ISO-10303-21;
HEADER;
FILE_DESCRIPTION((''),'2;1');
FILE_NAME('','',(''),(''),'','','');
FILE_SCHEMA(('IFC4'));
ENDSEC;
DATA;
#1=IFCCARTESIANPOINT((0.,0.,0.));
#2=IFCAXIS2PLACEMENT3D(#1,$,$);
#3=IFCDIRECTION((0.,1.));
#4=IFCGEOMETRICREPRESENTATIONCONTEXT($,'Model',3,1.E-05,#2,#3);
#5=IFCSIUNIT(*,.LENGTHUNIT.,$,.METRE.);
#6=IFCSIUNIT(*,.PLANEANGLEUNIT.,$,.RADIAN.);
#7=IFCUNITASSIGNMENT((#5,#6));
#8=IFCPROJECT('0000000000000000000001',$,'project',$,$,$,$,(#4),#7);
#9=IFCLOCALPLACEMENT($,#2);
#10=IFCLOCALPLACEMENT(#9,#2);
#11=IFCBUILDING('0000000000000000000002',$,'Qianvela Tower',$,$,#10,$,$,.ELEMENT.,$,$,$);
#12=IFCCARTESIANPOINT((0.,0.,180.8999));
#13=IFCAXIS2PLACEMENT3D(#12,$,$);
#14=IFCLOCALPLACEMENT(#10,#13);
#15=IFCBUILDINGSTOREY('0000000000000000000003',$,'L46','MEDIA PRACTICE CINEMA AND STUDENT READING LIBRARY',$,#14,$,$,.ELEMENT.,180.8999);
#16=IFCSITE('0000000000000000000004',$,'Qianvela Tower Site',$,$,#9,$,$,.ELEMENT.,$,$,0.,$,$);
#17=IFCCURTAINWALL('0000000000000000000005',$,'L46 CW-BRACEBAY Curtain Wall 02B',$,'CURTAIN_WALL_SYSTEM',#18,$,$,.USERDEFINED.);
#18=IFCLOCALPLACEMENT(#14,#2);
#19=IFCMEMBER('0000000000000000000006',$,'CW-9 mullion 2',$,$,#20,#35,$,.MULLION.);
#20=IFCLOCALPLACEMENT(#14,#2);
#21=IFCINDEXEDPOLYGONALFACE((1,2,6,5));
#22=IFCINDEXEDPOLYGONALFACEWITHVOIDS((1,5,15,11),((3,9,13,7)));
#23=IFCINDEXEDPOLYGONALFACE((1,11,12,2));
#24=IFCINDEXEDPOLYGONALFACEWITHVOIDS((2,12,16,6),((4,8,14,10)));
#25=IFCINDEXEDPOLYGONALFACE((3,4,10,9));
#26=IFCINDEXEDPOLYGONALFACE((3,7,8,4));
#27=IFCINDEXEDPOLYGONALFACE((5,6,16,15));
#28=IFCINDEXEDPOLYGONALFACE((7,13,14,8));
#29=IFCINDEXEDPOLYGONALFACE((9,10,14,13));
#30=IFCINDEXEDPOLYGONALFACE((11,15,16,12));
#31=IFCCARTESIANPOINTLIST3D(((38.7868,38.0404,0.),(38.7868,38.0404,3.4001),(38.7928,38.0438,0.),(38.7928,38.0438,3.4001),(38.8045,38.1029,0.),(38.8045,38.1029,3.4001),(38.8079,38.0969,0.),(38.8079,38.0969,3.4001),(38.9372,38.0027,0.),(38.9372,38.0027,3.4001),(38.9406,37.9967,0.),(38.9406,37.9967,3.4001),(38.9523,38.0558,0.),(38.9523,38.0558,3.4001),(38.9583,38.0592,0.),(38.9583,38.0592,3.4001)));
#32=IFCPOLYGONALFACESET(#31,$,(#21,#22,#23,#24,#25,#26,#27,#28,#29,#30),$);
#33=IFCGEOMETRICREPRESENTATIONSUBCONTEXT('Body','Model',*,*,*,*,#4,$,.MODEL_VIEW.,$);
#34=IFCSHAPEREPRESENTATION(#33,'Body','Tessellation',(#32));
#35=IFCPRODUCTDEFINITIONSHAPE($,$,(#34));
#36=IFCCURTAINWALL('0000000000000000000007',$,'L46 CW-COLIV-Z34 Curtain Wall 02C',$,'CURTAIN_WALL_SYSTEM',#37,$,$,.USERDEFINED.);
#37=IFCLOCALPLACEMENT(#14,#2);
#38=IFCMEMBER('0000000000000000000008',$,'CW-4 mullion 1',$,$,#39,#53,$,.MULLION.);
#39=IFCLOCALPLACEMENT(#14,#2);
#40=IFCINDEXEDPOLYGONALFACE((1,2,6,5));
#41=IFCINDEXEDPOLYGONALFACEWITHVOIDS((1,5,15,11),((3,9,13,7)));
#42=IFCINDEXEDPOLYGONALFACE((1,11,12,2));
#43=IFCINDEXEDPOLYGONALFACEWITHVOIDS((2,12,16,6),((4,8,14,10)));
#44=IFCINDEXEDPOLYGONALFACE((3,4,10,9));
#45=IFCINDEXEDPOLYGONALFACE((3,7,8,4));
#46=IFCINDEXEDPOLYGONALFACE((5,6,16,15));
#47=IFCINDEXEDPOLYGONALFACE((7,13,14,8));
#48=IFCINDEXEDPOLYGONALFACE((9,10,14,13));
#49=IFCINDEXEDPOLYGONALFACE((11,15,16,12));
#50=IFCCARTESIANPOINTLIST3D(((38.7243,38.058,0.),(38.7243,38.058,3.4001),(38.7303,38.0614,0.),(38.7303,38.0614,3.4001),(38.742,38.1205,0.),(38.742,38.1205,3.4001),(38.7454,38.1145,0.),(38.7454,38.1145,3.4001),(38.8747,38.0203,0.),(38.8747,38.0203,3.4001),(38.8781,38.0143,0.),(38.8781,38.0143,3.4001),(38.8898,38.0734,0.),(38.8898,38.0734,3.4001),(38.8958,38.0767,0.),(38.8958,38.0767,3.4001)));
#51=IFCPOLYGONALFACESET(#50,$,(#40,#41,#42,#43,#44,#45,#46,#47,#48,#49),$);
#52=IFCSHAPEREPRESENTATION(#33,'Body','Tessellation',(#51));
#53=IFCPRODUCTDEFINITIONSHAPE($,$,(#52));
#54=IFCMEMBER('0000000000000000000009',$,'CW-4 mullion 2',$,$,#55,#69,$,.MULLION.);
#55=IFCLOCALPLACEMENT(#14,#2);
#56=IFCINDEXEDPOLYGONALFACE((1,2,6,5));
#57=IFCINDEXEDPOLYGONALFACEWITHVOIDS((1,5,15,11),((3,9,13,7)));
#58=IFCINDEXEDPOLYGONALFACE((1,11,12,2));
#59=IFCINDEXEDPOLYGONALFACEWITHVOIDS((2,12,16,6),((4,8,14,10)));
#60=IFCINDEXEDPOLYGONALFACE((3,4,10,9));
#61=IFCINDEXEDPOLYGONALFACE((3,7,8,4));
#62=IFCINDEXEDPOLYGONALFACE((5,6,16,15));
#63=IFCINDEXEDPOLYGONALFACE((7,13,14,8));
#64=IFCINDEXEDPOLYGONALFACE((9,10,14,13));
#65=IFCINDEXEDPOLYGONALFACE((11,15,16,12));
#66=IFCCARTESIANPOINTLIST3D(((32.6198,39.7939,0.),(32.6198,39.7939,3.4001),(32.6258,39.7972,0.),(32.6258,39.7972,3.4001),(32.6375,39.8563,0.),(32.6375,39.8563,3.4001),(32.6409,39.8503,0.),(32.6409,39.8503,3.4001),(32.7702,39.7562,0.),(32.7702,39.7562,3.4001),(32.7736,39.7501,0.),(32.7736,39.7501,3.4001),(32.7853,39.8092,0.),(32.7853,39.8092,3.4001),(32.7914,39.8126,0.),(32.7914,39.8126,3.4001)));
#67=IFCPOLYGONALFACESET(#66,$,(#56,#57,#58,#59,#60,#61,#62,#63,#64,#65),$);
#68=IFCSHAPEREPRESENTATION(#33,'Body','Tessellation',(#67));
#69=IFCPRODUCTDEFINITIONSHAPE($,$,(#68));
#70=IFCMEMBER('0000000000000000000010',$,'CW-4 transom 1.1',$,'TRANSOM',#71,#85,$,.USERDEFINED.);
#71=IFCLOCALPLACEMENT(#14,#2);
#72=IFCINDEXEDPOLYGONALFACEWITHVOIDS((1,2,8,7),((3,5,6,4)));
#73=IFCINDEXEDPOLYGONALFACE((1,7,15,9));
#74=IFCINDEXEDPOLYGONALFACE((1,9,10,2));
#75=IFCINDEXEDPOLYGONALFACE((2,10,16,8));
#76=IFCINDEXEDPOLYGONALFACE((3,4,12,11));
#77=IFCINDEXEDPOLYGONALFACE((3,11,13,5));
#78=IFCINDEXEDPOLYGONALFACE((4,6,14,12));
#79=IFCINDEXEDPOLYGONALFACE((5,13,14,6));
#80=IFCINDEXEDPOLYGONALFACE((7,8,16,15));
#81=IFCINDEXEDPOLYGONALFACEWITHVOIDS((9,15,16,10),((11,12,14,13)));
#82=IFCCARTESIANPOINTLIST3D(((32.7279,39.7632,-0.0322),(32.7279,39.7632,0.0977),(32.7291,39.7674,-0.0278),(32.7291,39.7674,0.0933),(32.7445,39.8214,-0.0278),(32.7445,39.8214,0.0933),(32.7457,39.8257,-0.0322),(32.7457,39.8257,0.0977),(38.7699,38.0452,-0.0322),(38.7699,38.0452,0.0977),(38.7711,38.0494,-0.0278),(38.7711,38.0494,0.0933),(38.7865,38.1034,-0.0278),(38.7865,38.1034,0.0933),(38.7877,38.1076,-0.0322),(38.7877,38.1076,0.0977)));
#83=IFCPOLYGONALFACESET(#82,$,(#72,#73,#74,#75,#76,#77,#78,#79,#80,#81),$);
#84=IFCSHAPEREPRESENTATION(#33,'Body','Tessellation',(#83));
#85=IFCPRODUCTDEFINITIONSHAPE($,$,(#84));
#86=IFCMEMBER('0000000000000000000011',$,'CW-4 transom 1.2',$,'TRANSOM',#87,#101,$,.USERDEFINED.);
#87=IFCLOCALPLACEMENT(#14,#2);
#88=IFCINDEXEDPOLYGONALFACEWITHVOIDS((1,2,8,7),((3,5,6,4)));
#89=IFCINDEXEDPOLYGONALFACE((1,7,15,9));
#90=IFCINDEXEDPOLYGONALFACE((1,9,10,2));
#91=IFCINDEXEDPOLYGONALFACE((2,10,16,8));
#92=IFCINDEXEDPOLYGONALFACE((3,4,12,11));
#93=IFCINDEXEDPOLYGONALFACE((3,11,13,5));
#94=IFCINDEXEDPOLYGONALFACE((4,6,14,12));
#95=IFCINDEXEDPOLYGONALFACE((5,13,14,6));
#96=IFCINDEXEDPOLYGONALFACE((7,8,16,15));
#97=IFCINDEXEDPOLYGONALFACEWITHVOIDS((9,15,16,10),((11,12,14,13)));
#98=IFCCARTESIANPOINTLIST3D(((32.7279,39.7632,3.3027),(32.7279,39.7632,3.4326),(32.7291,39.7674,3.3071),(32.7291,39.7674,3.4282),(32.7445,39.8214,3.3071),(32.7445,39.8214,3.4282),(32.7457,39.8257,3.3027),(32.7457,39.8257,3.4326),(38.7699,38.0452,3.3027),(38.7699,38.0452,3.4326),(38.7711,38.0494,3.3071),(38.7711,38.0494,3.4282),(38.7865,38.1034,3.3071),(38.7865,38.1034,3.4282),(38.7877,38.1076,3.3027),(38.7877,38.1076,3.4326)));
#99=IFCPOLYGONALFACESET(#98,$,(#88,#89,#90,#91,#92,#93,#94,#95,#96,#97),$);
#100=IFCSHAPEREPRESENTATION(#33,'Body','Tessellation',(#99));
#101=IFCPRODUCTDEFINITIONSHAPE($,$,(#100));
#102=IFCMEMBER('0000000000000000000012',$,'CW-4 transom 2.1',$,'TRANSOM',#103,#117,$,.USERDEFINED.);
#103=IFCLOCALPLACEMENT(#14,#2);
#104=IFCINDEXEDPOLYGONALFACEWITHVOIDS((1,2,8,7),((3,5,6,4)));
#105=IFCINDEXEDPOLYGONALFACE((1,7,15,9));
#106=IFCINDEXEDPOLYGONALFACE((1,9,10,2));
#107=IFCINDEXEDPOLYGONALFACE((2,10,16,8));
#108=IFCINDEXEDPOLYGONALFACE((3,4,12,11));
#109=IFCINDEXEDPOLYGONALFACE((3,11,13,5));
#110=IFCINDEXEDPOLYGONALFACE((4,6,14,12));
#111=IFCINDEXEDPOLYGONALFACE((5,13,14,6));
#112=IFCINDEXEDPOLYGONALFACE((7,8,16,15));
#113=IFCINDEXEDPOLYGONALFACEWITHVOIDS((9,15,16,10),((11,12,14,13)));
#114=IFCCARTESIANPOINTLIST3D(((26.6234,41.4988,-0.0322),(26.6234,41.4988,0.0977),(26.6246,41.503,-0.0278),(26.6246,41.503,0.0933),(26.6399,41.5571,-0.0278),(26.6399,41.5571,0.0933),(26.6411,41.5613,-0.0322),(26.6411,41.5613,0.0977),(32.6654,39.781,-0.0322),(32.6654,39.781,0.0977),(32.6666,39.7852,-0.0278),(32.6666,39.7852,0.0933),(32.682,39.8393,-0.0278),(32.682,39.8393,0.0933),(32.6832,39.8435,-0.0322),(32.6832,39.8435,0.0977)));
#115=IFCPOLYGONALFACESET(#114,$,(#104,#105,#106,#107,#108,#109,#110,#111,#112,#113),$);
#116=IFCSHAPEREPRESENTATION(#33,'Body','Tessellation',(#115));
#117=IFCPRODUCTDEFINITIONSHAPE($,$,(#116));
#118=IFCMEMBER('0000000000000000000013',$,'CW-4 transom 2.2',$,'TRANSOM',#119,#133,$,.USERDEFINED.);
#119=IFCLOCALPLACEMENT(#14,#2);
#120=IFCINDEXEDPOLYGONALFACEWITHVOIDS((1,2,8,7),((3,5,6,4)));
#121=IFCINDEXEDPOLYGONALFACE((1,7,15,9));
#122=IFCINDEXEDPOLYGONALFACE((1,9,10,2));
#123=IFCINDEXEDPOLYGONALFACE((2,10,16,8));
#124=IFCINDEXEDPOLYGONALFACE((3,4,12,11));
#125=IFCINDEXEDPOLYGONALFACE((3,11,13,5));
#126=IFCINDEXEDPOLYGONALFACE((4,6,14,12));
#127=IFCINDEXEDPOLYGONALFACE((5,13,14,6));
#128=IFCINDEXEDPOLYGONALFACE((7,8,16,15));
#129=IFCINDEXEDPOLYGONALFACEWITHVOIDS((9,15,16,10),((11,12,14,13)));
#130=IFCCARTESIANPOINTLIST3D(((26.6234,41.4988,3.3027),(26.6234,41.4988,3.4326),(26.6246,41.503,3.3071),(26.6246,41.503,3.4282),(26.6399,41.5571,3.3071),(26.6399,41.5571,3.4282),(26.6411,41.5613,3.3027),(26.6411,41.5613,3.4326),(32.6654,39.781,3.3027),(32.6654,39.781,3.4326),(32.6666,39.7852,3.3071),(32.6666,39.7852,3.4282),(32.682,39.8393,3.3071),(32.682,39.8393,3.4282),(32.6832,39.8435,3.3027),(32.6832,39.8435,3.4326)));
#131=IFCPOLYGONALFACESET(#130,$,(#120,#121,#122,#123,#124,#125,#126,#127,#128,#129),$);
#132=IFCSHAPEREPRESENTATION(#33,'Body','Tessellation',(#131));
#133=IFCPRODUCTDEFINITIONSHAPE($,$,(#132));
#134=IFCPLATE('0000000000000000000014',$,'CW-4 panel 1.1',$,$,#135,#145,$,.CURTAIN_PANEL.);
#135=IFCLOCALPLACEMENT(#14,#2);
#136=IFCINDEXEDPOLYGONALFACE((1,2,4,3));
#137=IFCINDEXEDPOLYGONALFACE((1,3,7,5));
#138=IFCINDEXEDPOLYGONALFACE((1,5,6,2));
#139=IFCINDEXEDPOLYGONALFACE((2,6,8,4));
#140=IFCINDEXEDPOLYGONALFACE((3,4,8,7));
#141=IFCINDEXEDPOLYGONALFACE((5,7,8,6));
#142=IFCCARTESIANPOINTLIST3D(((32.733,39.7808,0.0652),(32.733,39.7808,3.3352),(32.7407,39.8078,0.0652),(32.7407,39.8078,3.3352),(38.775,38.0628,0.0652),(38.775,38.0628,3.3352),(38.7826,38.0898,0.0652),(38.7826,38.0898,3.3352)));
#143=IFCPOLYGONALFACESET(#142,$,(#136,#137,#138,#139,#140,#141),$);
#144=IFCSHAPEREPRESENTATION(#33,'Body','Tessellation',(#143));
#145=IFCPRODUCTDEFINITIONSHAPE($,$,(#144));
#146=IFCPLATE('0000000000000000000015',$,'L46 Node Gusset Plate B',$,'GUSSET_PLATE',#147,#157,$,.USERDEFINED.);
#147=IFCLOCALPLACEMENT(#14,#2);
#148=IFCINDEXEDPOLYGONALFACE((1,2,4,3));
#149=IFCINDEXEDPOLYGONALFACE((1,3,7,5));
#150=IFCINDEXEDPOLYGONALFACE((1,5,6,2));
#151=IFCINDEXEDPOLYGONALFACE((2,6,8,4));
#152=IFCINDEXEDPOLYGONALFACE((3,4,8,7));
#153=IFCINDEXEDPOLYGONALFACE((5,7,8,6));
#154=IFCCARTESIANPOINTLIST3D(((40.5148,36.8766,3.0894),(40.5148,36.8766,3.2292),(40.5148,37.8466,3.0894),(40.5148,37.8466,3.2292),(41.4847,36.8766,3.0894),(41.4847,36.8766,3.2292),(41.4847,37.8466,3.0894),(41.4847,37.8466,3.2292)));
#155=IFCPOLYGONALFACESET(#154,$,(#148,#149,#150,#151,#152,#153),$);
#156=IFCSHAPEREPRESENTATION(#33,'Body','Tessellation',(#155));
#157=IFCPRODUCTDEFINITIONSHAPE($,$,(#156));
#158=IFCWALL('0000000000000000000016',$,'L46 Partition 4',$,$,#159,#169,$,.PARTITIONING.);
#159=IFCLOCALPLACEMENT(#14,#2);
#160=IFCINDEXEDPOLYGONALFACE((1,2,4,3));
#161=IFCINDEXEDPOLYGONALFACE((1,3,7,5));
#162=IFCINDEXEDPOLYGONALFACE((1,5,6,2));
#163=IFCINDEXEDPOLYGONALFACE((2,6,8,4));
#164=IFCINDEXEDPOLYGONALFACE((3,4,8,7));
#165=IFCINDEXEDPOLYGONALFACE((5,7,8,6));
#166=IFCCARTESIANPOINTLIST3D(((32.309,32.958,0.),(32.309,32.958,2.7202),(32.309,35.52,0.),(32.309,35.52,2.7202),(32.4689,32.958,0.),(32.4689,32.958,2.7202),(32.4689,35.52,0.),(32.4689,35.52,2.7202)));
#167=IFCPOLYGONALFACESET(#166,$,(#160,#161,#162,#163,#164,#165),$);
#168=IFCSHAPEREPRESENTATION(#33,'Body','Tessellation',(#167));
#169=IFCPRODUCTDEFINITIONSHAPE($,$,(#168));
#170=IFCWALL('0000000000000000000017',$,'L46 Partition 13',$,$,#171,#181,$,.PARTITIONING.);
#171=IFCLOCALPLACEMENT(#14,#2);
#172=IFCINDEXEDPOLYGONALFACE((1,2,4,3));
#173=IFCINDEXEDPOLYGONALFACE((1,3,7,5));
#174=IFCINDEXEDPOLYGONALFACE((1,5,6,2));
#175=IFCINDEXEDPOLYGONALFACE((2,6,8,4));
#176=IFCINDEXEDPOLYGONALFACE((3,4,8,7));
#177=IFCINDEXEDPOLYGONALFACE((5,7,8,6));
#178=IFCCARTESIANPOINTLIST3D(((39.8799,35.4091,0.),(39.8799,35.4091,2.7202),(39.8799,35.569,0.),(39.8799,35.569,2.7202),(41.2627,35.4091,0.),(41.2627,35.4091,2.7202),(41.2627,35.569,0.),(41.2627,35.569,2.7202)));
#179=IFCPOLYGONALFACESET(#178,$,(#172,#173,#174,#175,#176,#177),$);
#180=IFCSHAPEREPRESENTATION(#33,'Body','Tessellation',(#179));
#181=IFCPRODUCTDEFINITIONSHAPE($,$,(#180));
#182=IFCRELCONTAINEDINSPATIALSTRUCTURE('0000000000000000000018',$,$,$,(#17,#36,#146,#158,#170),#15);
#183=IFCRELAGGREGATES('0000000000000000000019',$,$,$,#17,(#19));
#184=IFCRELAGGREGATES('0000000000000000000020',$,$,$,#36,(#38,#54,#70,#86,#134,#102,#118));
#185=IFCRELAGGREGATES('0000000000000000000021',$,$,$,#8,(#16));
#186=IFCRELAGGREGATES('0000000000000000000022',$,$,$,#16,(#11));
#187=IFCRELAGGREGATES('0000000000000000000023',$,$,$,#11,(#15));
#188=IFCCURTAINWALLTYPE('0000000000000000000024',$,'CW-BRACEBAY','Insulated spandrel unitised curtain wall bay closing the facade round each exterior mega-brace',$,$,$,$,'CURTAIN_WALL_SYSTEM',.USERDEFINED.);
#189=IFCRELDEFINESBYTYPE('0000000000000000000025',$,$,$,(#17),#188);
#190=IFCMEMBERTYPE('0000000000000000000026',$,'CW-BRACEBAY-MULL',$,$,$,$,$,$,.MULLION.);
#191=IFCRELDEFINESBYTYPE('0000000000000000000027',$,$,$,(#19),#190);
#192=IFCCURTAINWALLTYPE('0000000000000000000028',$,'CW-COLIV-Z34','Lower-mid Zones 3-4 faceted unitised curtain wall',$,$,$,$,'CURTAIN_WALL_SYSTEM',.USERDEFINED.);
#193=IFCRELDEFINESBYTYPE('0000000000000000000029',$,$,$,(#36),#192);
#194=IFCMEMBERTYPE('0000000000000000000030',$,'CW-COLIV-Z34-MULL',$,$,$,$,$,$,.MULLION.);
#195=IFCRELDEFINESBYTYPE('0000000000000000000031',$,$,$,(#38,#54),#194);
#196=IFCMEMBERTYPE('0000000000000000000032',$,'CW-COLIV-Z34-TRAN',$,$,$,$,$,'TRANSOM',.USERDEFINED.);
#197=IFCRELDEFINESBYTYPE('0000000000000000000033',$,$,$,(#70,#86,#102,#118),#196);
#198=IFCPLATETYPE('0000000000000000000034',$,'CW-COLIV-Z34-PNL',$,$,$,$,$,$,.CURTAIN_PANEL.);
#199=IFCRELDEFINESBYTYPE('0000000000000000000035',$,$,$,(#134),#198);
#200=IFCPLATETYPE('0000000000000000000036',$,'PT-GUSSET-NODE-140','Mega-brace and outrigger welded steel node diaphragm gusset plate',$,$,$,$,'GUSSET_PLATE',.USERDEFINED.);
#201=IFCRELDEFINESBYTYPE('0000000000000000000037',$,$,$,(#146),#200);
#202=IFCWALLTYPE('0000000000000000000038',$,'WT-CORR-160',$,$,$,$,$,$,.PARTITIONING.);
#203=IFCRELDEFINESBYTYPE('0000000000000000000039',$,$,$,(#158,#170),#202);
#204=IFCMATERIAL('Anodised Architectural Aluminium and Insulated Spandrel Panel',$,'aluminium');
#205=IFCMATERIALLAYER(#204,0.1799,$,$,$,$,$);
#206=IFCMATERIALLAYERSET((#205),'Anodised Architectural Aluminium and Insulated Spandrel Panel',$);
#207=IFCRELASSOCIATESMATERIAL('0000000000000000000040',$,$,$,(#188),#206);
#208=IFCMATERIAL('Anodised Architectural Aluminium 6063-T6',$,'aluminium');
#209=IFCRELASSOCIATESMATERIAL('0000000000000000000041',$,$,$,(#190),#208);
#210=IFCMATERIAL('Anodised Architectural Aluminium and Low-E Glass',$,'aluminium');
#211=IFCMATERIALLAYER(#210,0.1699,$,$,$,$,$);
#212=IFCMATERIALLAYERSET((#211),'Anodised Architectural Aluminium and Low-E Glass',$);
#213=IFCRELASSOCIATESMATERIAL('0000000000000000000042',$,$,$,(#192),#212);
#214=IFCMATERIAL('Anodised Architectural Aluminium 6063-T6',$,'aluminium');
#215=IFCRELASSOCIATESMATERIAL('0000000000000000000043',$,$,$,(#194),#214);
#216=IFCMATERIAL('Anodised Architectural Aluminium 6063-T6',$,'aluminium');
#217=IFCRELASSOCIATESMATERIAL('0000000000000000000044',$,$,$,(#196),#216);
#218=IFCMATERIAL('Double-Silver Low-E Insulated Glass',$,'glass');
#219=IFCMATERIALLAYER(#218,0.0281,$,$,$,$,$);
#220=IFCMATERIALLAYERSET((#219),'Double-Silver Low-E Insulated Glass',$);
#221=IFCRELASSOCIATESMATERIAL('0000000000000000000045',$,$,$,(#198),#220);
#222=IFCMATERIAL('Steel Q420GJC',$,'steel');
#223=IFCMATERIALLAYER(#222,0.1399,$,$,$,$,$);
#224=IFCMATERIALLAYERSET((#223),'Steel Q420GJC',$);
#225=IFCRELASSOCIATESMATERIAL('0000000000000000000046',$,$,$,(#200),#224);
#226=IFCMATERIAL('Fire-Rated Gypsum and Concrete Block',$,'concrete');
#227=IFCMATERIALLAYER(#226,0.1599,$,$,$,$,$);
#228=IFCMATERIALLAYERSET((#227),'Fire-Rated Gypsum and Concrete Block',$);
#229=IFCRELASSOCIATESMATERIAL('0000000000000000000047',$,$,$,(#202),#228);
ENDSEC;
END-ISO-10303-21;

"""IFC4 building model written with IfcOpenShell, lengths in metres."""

from ifc_helpers import new_model, si_unit, direction, frame, frame_2d, origin, origin_2d, place, context, subcontext, project, spatial, rectangle, hollow_rectangle, extrude, material, layer, layer_set, material_profile, profile_set, type_object, element, aggregate, save


model = new_model("IFC4")

# Units and contexts
model_context = context("Model", 3, precision=1e-05, world=origin(), true_north=direction((0.0, 1.0)))
body_context = subcontext(model_context, "Body", "Model", "MODEL_VIEW")
ifc_project = project(units=[si_unit("LENGTHUNIT", "METRE"), si_unit("PLANEANGLEUNIT", "RADIAN")], contexts=[model_context])

# Site, building, storey
site_placement = place(None, origin())
site = spatial("IfcSite", under=ifc_project, at=site_placement, Name="Qianvela Tower Site", CompositionType="ELEMENT", RefElevation=0.0)
building_placement = place(site_placement, origin())
building = spatial("IfcBuilding", under=site, at=building_placement, Name="Qianvela Tower", CompositionType="ELEMENT")
storey_placement = place(building_placement, frame((0.0, 0.0, 180.8999)))
storey = spatial("IfcBuildingStorey", under=building, at=storey_placement, Name="L46", Description="MEDIA PRACTICE CINEMA AND STUDENT READING LIBRARY", CompositionType="ELEMENT", Elevation=180.8999)

# Curtain wall, member
ifc_material_1 = material(Name="Anodised Architectural Aluminium and Insulated Spandrel Panel", Category="aluminium")
ifc_layer_1 = layer(ifc_material_1, 0.1799)
ifc_layer_set_1 = layer_set([ifc_layer_1], Name="Anodised Architectural Aluminium and Insulated Spandrel Panel")
curtain_wall_type_1 = type_object("IfcCurtainWallType", Name="CW-BRACEBAY", Description="Insulated spandrel unitised curtain wall bay closing the facade round each exterior mega-brace", ElementType="CURTAIN_WALL_SYSTEM", PredefinedType="USERDEFINED", material=ifc_layer_set_1)
curtain_wall_1_placement = place(storey_placement, origin())
curtain_wall_1 = element("IfcCurtainWall", 1, at=curtain_wall_1_placement, inside=storey, type_object=curtain_wall_type_1, Name="L46 CW-BRACEBAY Curtain Wall 02B", ObjectType="CURTAIN_WALL_SYSTEM", PredefinedType="USERDEFINED")
ifc_material_2 = material(Name="Anodised Architectural Aluminium 6063-T6", Category="aluminium")
ifc_material_profile_1 = material_profile(ifc_material_2, hollow_rectangle(XDim=0.0649, YDim=0.1599, WallThickness=0.0049, at=origin_2d()), Name="ALU-MULL-65x160")
ifc_profile_set_1 = profile_set([ifc_material_profile_1], Name="Anodised Architectural Aluminium 6063-T6")
member_type_1 = type_object("IfcMemberType", Name="CW-BRACEBAY-MULL", PredefinedType="MULLION", material=ifc_profile_set_1)
member_1_placement = place(storey_placement, frame((38.8726, 38.0498, 0.0), z_axis=(0.0, 0.0, 1.0), x_axis=(-0.273515, -0.961868, 0.0)))
member_1 = element("IfcMember", 2, at=member_1_placement, type_object=member_type_1, Name="CW-9 mullion 2", PredefinedType="MULLION", context=body_context, shape_type="SweptSolid", body=[
    extrude(hollow_rectangle(XDim=0.0649, YDim=0.1599, WallThickness=0.0049, at=origin_2d()), origin(), (0.0, 0.0, 1.0), 3.4001),
])
aggregate(curtain_wall_1, [member_1])

# Curtain wall, members, plate
ifc_material_3 = material(Name="Anodised Architectural Aluminium and Low-E Glass", Category="aluminium")
ifc_layer_2 = layer(ifc_material_3, 0.1699)
ifc_layer_set_2 = layer_set([ifc_layer_2], Name="Anodised Architectural Aluminium and Low-E Glass")
curtain_wall_type_2 = type_object("IfcCurtainWallType", Name="CW-COLIV-Z34", Description="Lower-mid Zones 3-4 faceted unitised curtain wall", ElementType="CURTAIN_WALL_SYSTEM", PredefinedType="USERDEFINED", material=ifc_layer_set_2)
curtain_wall_2_placement = place(storey_placement, origin())
curtain_wall_2 = element("IfcCurtainWall", 3, at=curtain_wall_2_placement, inside=storey, type_object=curtain_wall_type_2, Name="L46 CW-COLIV-Z34 Curtain Wall 02C", ObjectType="CURTAIN_WALL_SYSTEM", PredefinedType="USERDEFINED")
ifc_material_4 = material(Name="Anodised Architectural Aluminium 6063-T6", Category="aluminium")
ifc_material_profile_2 = material_profile(ifc_material_4, hollow_rectangle(XDim=0.0649, YDim=0.1599, WallThickness=0.0049, at=origin_2d()), Name="ALU-MULL-65x160")
ifc_profile_set_2 = profile_set([ifc_material_profile_2], Name="Anodised Architectural Aluminium 6063-T6")
member_type_2 = type_object("IfcMemberType", Name="CW-COLIV-Z34-MULL", PredefinedType="MULLION", material=ifc_profile_set_2)
member_2_placement = place(storey_placement, frame((38.8101, 38.0674, 0.0), z_axis=(0.0, 0.0, 1.0), x_axis=(-0.273502, -0.961871, 0.0)))
member_2 = element("IfcMember", 4, at=member_2_placement, type_object=member_type_2, Name="CW-4 mullion 1", PredefinedType="MULLION", context=body_context, shape_type="SweptSolid", body=[
    extrude(hollow_rectangle(XDim=0.0649, YDim=0.1599, WallThickness=0.0049, at=origin_2d()), origin(), (0.0, 0.0, 1.0), 3.4001),
])
member_3_placement = place(storey_placement, frame((32.7056, 39.8032, 0.0), z_axis=(0.0, 0.0, 1.0), x_axis=(-0.273502, -0.961871, 0.0)))
member_3 = element("IfcMember", 5, at=member_3_placement, type_object=member_type_2, Name="CW-4 mullion 2", PredefinedType="MULLION", context=body_context, shape_type="SweptSolid", body=[
    extrude(hollow_rectangle(XDim=0.0649, YDim=0.1599, WallThickness=0.0049, at=origin_2d()), origin(), (0.0, 0.0, 1.0), 3.4001),
])
ifc_material_5 = material(Name="Anodised Architectural Aluminium 6063-T6", Category="aluminium")
ifc_material_profile_3 = material_profile(ifc_material_5, hollow_rectangle(XDim=0.0649, YDim=0.1299, WallThickness=0.0044, at=origin_2d()), Name="ALU-TRAN-65x130")
ifc_profile_set_3 = profile_set([ifc_material_profile_3], Name="Anodised Architectural Aluminium 6063-T6")
member_type_3 = type_object("IfcMemberType", Name="CW-COLIV-Z34-TRAN", ElementType="TRANSOM", PredefinedType="USERDEFINED", material=ifc_profile_set_3)
member_4_placement = place(storey_placement, frame((38.7788, 38.0764, 0.0327), z_axis=(-0.961871, 0.273504, 0.0), x_axis=(-0.273504, -0.961871, 0.0)))
member_4 = element("IfcMember", 6, at=member_4_placement, type_object=member_type_3, Name="CW-4 transom 1.1", ObjectType="TRANSOM", PredefinedType="USERDEFINED", context=body_context, shape_type="SweptSolid", body=[
    extrude(hollow_rectangle(XDim=0.0649, YDim=0.1299, WallThickness=0.0044, at=origin_2d()), origin(), (0.0, 0.0, 1.0), 6.2815),
])
member_5_placement = place(storey_placement, frame((38.7788, 38.0764, 3.3677), z_axis=(-0.961871, 0.273504, 0.0), x_axis=(-0.273504, -0.961871, 0.0)))
member_5 = element("IfcMember", 7, at=member_5_placement, type_object=member_type_3, Name="CW-4 transom 1.2", ObjectType="TRANSOM", PredefinedType="USERDEFINED", context=body_context, shape_type="SweptSolid", body=[
    extrude(hollow_rectangle(XDim=0.0649, YDim=0.1299, WallThickness=0.0044, at=origin_2d()), origin(), (0.0, 0.0, 1.0), 6.2815),
])
member_6_placement = place(storey_placement, frame((32.6743, 39.8123, 0.0327), z_axis=(-0.961881, 0.273468, 0.0), x_axis=(-0.273468, -0.961881, 0.0)))
member_6 = element("IfcMember", 8, at=member_6_placement, type_object=member_type_3, Name="CW-4 transom 2.1", ObjectType="TRANSOM", PredefinedType="USERDEFINED", context=body_context, shape_type="SweptSolid", body=[
    extrude(hollow_rectangle(XDim=0.0649, YDim=0.1299, WallThickness=0.0044, at=origin_2d()), origin(), (0.0, 0.0, 1.0), 6.2815),
])
member_7_placement = place(storey_placement, frame((32.6743, 39.8123, 3.3677), z_axis=(-0.961881, 0.273468, 0.0), x_axis=(-0.273468, -0.961881, 0.0)))
member_7 = element("IfcMember", 9, at=member_7_placement, type_object=member_type_3, Name="CW-4 transom 2.2", ObjectType="TRANSOM", PredefinedType="USERDEFINED", context=body_context, shape_type="SweptSolid", body=[
    extrude(hollow_rectangle(XDim=0.0649, YDim=0.1299, WallThickness=0.0044, at=origin_2d()), origin(), (0.0, 0.0, 1.0), 6.2815),
])
ifc_material_6 = material(Name="Double-Silver Low-E Insulated Glass", Category="glass")
ifc_layer_3 = layer(ifc_material_6, 0.0281)
ifc_layer_set_3 = layer_set([ifc_layer_3], Name="Double-Silver Low-E Insulated Glass")
plate_type_1 = type_object("IfcPlateType", Name="CW-COLIV-Z34-PNL", PredefinedType="CURTAIN_PANEL", material=ifc_layer_set_3)
plate_1_placement = place(storey_placement, frame((35.7578, 38.9353, 0.0652), z_axis=(0.0, 0.0, 1.0), x_axis=(-0.961871, 0.273502, 0.0)))
plate_1 = element("IfcPlate", 10, at=plate_1_placement, type_object=plate_type_1, Name="CW-4 panel 1.1", PredefinedType="CURTAIN_PANEL", context=body_context, shape_type="SweptSolid", body=[
    extrude(rectangle(XDim=6.2815, YDim=0.0281, at=origin_2d()), origin(), (0.0, 0.0, 1.0), 3.27),
])
aggregate(curtain_wall_2, [member_2, member_3, member_4, member_5, plate_1, member_6, member_7])

# Plate
ifc_material_7 = material(Name="Steel Q420GJC", Category="steel")
ifc_layer_4 = layer(ifc_material_7, 0.1399)
ifc_layer_set_4 = layer_set([ifc_layer_4], Name="Steel Q420GJC")
plate_type_2 = type_object("IfcPlateType", Name="PT-GUSSET-NODE-140", Description="Mega-brace and outrigger welded steel node diaphragm gusset plate", ElementType="GUSSET_PLATE", PredefinedType="USERDEFINED", material=ifc_layer_set_4)
plate_2_placement = place(storey_placement, frame((40.9998, 37.3616, 3.0894), z_axis=(0.0, 0.0, 1.0), x_axis=(1.0, 0.0, 0.0)))
element("IfcPlate", 11, at=plate_2_placement, inside=storey, type_object=plate_type_2, Name="L46 Node Gusset Plate B", ObjectType="GUSSET_PLATE", PredefinedType="USERDEFINED", context=body_context, shape_type="SweptSolid", body=[
    extrude(rectangle(XDim=0.97, YDim=0.97, at=origin_2d()), origin(), (0.0, 0.0, 1.0), 0.1399),
])

# Walls
ifc_material_8 = material(Name="Fire-Rated Gypsum and Concrete Block", Category="concrete")
ifc_layer_5 = layer(ifc_material_8, 0.1599)
ifc_layer_set_5 = layer_set([ifc_layer_5], Name="Fire-Rated Gypsum and Concrete Block")
wall_type_1 = type_object("IfcWallType", Name="WT-CORR-160", PredefinedType="PARTITIONING", material=ifc_layer_set_5)
wall_1_placement = place(storey_placement, frame((32.3889, 35.52, 0.0), z_axis=(0.0, 0.0, 1.0), x_axis=(0.0, -1.0, 0.0)))
element("IfcWall", 12, at=wall_1_placement, inside=storey, type_object=wall_type_1, Name="L46 Partition 4", PredefinedType="PARTITIONING", context=body_context, shape_type="SweptSolid", body=[
    extrude(rectangle(XDim=2.562, YDim=0.1599, at=frame_2d((1.281, 0.0))), origin(), (0.0, 0.0, 1.0), 2.7202),
])
wall_2_placement = place(storey_placement, frame((39.8799, 35.489, 0.0), z_axis=(0.0, 0.0, 1.0), x_axis=(1.0, 0.0, 0.0)))
element("IfcWall", 13, at=wall_2_placement, inside=storey, type_object=wall_type_1, Name="L46 Partition 13", PredefinedType="PARTITIONING", context=body_context, shape_type="SweptSolid", body=[
    extrude(rectangle(XDim=1.3828, YDim=0.1599, at=frame_2d((0.6914, 0.0))), origin(), (0.0, 0.0, 1.0), 2.7202),
])

save(model, "model.ifc")
